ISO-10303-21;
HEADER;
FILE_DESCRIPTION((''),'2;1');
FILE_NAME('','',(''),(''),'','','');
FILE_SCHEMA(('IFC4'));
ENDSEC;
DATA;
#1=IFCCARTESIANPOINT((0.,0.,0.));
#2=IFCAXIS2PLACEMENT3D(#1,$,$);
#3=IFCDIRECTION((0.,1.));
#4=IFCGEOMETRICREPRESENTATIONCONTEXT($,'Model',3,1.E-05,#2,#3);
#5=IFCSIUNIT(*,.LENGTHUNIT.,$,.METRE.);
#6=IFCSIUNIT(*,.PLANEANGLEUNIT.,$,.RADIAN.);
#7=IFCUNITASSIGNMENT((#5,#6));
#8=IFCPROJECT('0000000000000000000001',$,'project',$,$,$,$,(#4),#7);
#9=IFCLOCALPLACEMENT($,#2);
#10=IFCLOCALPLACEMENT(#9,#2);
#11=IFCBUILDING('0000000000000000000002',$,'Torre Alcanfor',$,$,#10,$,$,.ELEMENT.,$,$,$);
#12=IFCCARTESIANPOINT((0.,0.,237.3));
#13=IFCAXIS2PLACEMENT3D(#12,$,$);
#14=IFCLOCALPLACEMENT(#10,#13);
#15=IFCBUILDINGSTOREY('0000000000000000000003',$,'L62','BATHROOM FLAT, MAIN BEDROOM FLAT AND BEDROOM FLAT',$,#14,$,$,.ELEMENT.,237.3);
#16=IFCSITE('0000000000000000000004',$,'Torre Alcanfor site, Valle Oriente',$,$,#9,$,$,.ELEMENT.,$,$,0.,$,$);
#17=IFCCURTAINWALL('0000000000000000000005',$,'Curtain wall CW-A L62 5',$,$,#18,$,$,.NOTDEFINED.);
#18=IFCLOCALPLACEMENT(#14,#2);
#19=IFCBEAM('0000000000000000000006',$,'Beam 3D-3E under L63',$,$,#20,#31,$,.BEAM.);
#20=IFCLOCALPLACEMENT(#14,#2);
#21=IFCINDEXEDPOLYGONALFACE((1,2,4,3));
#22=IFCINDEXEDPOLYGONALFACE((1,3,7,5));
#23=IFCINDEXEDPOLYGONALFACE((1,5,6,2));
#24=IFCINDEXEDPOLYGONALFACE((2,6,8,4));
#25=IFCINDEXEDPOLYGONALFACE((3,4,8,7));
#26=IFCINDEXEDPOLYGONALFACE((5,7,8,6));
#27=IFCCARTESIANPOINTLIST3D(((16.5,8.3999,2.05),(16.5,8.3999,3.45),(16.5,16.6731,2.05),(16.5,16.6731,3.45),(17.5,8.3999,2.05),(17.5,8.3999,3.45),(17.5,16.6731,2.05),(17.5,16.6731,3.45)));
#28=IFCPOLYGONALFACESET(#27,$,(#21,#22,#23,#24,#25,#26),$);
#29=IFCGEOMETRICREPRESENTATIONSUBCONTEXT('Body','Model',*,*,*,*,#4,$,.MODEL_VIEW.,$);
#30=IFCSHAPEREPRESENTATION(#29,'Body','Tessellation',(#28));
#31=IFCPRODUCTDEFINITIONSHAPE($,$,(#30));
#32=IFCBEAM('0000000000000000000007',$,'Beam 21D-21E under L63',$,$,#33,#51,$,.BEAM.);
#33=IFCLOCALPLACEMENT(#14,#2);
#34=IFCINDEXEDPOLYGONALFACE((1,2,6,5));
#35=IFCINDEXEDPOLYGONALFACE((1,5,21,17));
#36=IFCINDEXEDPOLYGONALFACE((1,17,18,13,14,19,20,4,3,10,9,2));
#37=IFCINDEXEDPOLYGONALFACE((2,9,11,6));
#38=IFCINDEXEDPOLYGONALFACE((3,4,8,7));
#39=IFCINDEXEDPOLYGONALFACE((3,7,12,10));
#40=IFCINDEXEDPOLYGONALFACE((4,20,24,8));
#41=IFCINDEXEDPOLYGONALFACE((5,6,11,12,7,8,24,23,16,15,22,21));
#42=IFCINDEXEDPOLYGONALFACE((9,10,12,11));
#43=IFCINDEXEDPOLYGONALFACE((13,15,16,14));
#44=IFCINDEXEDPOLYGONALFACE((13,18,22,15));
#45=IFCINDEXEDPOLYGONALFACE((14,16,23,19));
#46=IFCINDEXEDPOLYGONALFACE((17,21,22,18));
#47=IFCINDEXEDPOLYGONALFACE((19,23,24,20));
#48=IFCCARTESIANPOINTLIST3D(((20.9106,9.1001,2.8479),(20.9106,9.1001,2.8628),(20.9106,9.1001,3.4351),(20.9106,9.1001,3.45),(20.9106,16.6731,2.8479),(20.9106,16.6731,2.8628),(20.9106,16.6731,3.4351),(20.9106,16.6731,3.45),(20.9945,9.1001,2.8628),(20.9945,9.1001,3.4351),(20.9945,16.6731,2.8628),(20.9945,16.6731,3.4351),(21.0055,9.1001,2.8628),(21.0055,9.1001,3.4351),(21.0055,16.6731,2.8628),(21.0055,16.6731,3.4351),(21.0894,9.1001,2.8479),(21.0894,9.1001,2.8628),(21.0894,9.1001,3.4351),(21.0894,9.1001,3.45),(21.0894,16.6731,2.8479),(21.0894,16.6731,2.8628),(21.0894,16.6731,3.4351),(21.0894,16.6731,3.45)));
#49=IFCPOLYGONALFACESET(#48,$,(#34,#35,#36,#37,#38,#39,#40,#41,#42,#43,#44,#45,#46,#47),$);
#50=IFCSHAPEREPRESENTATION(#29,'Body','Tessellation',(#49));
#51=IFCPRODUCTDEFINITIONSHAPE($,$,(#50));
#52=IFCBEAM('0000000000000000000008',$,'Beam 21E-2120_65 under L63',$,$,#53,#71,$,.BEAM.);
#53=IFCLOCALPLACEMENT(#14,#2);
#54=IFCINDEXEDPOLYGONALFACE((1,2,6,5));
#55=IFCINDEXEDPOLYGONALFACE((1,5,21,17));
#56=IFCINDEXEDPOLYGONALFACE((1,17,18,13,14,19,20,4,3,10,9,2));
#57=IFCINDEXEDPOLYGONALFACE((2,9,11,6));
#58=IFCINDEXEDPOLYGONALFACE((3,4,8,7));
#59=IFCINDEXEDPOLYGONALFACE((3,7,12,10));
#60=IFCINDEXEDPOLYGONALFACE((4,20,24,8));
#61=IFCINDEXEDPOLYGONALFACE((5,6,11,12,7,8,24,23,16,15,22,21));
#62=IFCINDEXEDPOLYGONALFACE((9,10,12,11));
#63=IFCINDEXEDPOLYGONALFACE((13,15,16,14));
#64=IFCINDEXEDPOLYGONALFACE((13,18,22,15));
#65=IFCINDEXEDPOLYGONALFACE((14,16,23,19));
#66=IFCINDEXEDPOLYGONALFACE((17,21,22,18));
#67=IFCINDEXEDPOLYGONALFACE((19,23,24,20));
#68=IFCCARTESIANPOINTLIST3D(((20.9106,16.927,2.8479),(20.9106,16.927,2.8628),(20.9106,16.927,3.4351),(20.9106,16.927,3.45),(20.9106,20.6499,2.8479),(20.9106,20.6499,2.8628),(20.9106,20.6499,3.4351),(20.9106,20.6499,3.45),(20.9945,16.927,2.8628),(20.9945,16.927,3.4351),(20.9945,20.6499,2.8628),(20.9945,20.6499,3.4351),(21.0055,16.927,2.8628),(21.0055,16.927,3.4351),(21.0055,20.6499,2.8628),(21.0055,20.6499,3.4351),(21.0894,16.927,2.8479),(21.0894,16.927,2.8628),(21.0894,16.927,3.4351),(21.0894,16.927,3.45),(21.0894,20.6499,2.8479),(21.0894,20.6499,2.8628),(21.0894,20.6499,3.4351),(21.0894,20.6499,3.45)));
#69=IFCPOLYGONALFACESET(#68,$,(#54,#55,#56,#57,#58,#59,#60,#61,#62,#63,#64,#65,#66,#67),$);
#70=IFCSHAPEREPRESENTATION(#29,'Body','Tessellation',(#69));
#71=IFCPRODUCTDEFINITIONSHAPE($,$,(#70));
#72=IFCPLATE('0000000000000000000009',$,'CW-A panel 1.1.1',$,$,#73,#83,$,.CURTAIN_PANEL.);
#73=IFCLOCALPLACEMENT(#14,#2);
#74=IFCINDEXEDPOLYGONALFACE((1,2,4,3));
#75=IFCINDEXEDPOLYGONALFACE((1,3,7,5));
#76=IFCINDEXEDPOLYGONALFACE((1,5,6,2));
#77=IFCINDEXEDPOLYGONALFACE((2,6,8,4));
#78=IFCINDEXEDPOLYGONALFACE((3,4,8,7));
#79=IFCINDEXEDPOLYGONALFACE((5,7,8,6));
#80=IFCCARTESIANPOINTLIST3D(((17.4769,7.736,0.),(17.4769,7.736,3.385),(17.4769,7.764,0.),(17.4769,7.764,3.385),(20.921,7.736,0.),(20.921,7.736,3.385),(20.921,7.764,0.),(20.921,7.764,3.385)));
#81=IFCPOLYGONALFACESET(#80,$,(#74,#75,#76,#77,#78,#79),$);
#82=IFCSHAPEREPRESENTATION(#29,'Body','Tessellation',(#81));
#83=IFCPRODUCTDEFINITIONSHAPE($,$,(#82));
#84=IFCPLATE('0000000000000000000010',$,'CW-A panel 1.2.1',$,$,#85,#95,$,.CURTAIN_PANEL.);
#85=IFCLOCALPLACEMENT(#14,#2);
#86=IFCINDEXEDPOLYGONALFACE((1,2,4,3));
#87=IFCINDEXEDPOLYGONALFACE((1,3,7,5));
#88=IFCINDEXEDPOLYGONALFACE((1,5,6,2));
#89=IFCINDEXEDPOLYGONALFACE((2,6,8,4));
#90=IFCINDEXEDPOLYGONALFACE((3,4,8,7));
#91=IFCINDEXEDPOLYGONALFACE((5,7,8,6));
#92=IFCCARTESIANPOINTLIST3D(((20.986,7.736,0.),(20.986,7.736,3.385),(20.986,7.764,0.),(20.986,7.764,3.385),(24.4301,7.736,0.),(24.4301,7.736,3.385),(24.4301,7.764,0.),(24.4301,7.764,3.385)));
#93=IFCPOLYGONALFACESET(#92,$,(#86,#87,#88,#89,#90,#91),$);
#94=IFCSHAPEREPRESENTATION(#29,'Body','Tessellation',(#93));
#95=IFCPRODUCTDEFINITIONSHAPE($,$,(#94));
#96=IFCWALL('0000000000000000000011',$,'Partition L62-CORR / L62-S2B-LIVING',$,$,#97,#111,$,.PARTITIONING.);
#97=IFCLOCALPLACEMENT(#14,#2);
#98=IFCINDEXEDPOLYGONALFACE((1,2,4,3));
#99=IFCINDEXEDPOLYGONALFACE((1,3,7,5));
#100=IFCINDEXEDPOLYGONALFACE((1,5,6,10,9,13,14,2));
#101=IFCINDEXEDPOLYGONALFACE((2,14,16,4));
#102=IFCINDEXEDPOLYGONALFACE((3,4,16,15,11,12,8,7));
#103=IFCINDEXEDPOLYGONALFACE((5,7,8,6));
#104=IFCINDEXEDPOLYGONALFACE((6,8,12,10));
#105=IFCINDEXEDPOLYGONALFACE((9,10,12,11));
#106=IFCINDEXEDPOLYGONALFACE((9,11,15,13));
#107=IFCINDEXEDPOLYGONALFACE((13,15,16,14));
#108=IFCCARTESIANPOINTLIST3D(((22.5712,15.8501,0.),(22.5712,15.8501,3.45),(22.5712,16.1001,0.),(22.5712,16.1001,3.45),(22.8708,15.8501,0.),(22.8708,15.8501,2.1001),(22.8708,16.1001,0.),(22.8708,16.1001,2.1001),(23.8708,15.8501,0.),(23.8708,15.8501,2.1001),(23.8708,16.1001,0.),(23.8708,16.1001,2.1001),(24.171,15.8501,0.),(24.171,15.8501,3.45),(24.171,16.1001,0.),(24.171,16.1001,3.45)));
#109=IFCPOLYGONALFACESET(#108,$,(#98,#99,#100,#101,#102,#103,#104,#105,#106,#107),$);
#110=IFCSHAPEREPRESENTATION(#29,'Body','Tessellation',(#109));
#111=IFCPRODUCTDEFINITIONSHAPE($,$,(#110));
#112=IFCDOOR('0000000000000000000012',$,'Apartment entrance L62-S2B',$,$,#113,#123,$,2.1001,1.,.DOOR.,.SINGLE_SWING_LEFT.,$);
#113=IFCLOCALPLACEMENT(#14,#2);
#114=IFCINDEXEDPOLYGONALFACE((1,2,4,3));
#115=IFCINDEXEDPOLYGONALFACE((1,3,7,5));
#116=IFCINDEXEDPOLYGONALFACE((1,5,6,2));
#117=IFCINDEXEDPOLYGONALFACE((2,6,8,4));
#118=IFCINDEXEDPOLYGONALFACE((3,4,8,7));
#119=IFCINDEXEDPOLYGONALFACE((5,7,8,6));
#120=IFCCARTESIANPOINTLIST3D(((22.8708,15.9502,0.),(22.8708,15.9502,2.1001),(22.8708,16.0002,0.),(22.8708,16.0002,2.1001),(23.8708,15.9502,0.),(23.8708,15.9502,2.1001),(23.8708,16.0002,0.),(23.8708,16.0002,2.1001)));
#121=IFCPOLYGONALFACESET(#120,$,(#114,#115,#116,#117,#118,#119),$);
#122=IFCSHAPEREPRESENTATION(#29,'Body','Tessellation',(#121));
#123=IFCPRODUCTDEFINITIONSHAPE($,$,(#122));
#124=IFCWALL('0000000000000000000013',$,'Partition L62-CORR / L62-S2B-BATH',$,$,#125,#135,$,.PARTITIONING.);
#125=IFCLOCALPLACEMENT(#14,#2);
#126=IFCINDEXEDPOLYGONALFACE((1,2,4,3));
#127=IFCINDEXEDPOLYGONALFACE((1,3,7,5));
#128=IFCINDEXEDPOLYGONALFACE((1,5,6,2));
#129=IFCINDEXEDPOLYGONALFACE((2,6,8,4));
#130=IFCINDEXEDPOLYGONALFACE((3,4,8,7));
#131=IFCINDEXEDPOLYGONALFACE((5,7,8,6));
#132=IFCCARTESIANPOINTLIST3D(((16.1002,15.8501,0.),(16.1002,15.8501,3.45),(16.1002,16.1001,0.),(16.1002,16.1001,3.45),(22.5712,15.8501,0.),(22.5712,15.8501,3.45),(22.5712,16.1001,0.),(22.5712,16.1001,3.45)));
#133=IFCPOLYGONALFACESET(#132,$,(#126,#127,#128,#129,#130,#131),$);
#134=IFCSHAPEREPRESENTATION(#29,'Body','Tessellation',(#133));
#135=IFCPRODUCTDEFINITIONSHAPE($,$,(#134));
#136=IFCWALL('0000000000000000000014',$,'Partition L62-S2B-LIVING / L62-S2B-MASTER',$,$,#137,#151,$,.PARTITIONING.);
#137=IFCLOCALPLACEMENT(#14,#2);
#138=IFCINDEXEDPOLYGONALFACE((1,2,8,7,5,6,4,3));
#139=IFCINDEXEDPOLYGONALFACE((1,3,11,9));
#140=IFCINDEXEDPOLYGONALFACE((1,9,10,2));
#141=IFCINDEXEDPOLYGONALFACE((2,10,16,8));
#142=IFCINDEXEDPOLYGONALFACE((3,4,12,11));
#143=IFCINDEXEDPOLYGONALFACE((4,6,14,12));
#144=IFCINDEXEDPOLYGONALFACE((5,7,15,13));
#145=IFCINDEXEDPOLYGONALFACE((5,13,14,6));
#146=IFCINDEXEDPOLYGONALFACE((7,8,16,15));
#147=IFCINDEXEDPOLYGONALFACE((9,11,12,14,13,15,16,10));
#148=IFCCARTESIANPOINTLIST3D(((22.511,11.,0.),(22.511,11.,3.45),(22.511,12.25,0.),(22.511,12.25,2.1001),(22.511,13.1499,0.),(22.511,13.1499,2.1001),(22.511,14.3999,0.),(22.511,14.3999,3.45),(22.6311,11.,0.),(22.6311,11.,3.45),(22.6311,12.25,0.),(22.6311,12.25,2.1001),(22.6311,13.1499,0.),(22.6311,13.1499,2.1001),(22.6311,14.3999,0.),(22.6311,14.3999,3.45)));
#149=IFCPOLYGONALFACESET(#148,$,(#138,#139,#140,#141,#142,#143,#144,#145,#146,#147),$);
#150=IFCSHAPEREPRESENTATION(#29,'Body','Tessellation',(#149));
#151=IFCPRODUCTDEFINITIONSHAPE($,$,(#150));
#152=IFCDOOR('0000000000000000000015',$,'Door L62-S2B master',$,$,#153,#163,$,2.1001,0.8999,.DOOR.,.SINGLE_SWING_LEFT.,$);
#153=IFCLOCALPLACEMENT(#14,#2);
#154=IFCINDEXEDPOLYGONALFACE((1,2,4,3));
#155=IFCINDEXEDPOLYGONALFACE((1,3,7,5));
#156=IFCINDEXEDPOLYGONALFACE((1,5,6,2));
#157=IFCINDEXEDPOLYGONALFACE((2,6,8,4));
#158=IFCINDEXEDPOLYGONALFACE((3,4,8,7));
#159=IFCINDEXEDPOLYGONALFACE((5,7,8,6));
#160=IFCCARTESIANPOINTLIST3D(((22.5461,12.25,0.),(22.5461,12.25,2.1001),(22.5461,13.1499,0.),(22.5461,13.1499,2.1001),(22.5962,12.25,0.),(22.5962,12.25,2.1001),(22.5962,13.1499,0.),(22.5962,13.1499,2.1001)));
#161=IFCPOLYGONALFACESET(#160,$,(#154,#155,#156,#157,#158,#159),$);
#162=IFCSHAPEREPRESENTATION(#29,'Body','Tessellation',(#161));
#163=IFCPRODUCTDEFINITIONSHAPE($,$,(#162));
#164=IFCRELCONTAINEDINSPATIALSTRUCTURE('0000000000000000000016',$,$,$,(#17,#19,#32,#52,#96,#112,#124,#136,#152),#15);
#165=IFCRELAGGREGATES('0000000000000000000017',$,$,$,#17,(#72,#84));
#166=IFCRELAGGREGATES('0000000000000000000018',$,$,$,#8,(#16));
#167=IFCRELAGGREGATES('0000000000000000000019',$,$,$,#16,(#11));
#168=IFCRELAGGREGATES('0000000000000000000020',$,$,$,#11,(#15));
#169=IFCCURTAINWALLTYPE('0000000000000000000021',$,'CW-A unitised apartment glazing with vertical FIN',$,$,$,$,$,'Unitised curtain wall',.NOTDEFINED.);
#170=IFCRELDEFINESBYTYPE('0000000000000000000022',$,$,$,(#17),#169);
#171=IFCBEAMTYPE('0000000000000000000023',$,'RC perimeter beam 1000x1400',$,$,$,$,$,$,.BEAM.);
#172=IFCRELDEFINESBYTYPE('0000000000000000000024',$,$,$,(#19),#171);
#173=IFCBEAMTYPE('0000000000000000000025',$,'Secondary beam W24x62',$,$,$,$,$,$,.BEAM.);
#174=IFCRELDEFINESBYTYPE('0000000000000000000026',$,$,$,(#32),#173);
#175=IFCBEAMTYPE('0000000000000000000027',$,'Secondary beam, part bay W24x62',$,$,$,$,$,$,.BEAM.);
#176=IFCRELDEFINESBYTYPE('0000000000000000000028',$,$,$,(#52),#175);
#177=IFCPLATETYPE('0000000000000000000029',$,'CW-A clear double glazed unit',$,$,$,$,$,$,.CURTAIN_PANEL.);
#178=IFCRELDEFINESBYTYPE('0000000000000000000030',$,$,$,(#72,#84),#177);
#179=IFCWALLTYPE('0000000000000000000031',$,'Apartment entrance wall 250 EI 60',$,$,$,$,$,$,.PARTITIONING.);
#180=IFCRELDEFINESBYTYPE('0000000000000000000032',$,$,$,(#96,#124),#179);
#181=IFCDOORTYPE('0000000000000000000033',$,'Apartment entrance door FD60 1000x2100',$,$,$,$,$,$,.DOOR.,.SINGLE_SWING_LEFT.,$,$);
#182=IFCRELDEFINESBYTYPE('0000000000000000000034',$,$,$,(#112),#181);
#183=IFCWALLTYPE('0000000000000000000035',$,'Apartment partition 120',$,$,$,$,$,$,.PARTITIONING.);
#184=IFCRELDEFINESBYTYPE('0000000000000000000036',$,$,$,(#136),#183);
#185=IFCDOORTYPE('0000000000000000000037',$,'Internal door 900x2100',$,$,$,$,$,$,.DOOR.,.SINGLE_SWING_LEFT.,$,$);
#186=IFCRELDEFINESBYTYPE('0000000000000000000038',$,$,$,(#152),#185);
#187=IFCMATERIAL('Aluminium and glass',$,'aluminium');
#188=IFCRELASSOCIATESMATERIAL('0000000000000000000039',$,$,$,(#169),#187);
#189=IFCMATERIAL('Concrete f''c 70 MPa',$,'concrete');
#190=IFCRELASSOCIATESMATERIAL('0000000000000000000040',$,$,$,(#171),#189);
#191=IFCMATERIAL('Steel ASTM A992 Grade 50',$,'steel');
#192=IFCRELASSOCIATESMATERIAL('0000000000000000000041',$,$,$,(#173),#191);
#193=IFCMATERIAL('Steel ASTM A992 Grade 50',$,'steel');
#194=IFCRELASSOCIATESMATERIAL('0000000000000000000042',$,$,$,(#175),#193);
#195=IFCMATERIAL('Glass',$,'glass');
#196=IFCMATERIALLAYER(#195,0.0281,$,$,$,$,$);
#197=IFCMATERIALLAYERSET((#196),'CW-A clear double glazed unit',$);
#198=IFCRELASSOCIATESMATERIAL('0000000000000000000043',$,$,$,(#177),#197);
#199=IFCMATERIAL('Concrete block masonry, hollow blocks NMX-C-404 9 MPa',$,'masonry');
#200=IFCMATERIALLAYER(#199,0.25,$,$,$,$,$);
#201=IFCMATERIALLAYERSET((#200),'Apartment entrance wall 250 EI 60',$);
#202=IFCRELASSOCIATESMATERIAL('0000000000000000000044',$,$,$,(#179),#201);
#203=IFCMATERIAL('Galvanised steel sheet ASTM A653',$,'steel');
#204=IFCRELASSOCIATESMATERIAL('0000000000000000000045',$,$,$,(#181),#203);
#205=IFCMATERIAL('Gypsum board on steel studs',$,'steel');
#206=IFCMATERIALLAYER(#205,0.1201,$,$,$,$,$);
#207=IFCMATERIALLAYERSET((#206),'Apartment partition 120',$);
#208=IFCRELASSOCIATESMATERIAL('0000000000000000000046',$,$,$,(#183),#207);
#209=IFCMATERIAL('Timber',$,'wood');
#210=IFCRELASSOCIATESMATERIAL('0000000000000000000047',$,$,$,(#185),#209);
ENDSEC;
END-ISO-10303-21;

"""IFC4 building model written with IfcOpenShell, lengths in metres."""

from ifc_helpers import new_model, si_unit, direction, frame, frame_2d, origin, origin_2d, place, context, subcontext, project, spatial, rectangle, i_section, extrude, material, layer, layer_set, material_profile, profile_set, type_object, element, fill, aggregate, save


model = new_model("IFC4")

# Units and contexts
model_context = context("Model", 3, precision=1e-05, world=origin(), true_north=direction((0.0, 1.0)))
body_context = subcontext(model_context, "Body", "Model", "MODEL_VIEW")
ifc_project = project(units=[si_unit("LENGTHUNIT", "METRE"), si_unit("PLANEANGLEUNIT", "RADIAN")], contexts=[model_context])

# Site, building, storey
site_placement = place(None, origin())
site = spatial("IfcSite", under=ifc_project, at=site_placement, Name="Torre Alcanfor site, Valle Oriente", CompositionType="ELEMENT", RefElevation=0.0)
building_placement = place(site_placement, origin())
building = spatial("IfcBuilding", under=site, at=building_placement, Name="Torre Alcanfor", CompositionType="ELEMENT")
storey_placement = place(building_placement, frame((0.0, 0.0, 237.3)))
storey = spatial("IfcBuildingStorey", under=building, at=storey_placement, Name="L62", Description="BATHROOM FLAT, MAIN BEDROOM FLAT AND BEDROOM FLAT", CompositionType="ELEMENT", Elevation=237.3)

# Curtain wall
ifc_material_1 = material(Name="Aluminium and glass", Category="aluminium")
curtain_wall_type = type_object("IfcCurtainWallType", Name="CW-A unitised apartment glazing with vertical FIN", ElementType="Unitised curtain wall", PredefinedType="NOTDEFINED", material=ifc_material_1)
curtain_wall_placement = place(storey_placement, origin())
curtain_wall = element("IfcCurtainWall", 1, at=curtain_wall_placement, inside=storey, type_object=curtain_wall_type, Name="Curtain wall CW-A L62 5", PredefinedType="NOTDEFINED")

# Beams
ifc_material_2 = material(Name="Concrete f'c 70 MPa", Category="concrete")
ifc_material_profile_1 = material_profile(ifc_material_2, rectangle(XDim=1.0, YDim=1.3999, at=origin_2d()), Name="1000x1400")
ifc_profile_set_1 = profile_set([ifc_material_profile_1], Name="Concrete f'c 70 MPa")
beam_type_1 = type_object("IfcBeamType", Name="RC perimeter beam 1000x1400", PredefinedType="BEAM", material=ifc_profile_set_1)
beam_1_placement = place(storey_placement, frame((17.0, 8.3999, 2.75), z_axis=(0.0, 1.0, 0.0), x_axis=(-1.0, 0.0, 0.0)))
element("IfcBeam", 2, at=beam_1_placement, inside=storey, type_object=beam_type_1, Name="Beam 3D-3E under L63", PredefinedType="BEAM", context=body_context, shape_type="SweptSolid", body=[
    extrude(rectangle(XDim=1.0, YDim=1.3999, at=origin_2d()), origin(), (0.0, 0.0, 1.0), 8.2732),
])
ifc_material_3 = material(Name="Steel ASTM A992 Grade 50", Category="steel")
ifc_material_profile_2 = material_profile(ifc_material_3, i_section(OverallWidth=0.1787, OverallDepth=0.6021, WebThickness=0.011, FlangeThickness=0.0149, at=origin_2d()), Name="W24x62")
ifc_profile_set_2 = profile_set([ifc_material_profile_2], Name="Steel ASTM A992 Grade 50")
beam_type_2 = type_object("IfcBeamType", Name="Secondary beam W24x62", PredefinedType="BEAM", material=ifc_profile_set_2)
beam_2_placement = place(storey_placement, frame((21.0, 9.1001, 3.1489), z_axis=(0.0, 1.0, 0.0), x_axis=(-1.0, 0.0, 0.0)))
element("IfcBeam", 3, at=beam_2_placement, inside=storey, type_object=beam_type_2, Name="Beam 21D-21E under L63", PredefinedType="BEAM", context=body_context, shape_type="SweptSolid", body=[
    extrude(i_section(OverallWidth=0.1787, OverallDepth=0.6021, WebThickness=0.011, FlangeThickness=0.0149, at=origin_2d()), origin(), (0.0, 0.0, 1.0), 7.573),
])
ifc_material_4 = material(Name="Steel ASTM A992 Grade 50", Category="steel")
ifc_material_profile_3 = material_profile(ifc_material_4, i_section(OverallWidth=0.1787, OverallDepth=0.6021, WebThickness=0.011, FlangeThickness=0.0149, at=origin_2d()), Name="W24x62")
ifc_profile_set_3 = profile_set([ifc_material_profile_3], Name="Steel ASTM A992 Grade 50")
beam_type_3 = type_object("IfcBeamType", Name="Secondary beam, part bay W24x62", PredefinedType="BEAM", material=ifc_profile_set_3)
beam_3_placement = place(storey_placement, frame((21.0, 16.927, 3.1489), z_axis=(0.0, 1.0, 0.0), x_axis=(-1.0, 0.0, 0.0)))
element("IfcBeam", 4, at=beam_3_placement, inside=storey, type_object=beam_type_3, Name="Beam 21E-2120_65 under L63", PredefinedType="BEAM", context=body_context, shape_type="SweptSolid", body=[
    extrude(i_section(OverallWidth=0.1787, OverallDepth=0.6021, WebThickness=0.011, FlangeThickness=0.0149, at=origin_2d()), origin(), (0.0, 0.0, 1.0), 3.7229),
])

# Plates
ifc_material_5 = material(Name="Glass", Category="glass")
ifc_layer_1 = layer(ifc_material_5, 0.0281)
ifc_layer_set_1 = layer_set([ifc_layer_1], Name="CW-A clear double glazed unit")
plate_type = type_object("IfcPlateType", Name="CW-A clear double glazed unit", PredefinedType="CURTAIN_PANEL", material=ifc_layer_set_1)
plate_1_placement = place(storey_placement, frame((19.199, 7.75, 0.0), z_axis=(0.0, 0.0, 1.0), x_axis=(1.0, 0.0, 0.0)))
plate_1 = element("IfcPlate", 5, at=plate_1_placement, type_object=plate_type, Name="CW-A panel 1.1.1", PredefinedType="CURTAIN_PANEL", context=body_context, shape_type="SweptSolid", body=[
    extrude(rectangle(XDim=3.4441, YDim=0.0281, at=origin_2d()), origin(), (0.0, 0.0, 1.0), 3.385),
])
plate_2_placement = place(storey_placement, frame((22.708, 7.75, 0.0), z_axis=(0.0, 0.0, 1.0), x_axis=(1.0, 0.0, 0.0)))
plate_2 = element("IfcPlate", 6, at=plate_2_placement, type_object=plate_type, Name="CW-A panel 1.2.1", PredefinedType="CURTAIN_PANEL", context=body_context, shape_type="SweptSolid", body=[
    extrude(rectangle(XDim=3.4441, YDim=0.0281, at=origin_2d()), origin(), (0.0, 0.0, 1.0), 3.385),
])
aggregate(curtain_wall, [plate_1, plate_2])

# Wall, opening, door
ifc_material_6 = material(Name="Concrete block masonry, hollow blocks NMX-C-404 9 MPa", Category="masonry")
ifc_layer_2 = layer(ifc_material_6, 0.25)
ifc_layer_set_2 = layer_set([ifc_layer_2], Name="Apartment entrance wall 250 EI 60")
wall_type_1 = type_object("IfcWallType", Name="Apartment entrance wall 250 EI 60", PredefinedType="PARTITIONING", material=ifc_layer_set_2)
wall_1_placement = place(storey_placement, frame((24.1709, 15.9751, 0.0), z_axis=(0.0, 0.0, 1.0), x_axis=(-1.0, 0.0, 0.0)))
wall_1 = element("IfcWall", 7, at=wall_1_placement, inside=storey, type_object=wall_type_1, Name="Partition L62-CORR / L62-S2B-LIVING", PredefinedType="PARTITIONING", context=body_context, shape_type="SweptSolid", body=[
    extrude(rectangle(XDim=1.5999, YDim=0.25, at=frame_2d((0.7998, 0.0))), origin(), (0.0, 0.0, 1.0), 3.45),
])
opening_1_placement = place(wall_1_placement, frame((0.3, 0.0, 0.0)))
opening_1 = element("IfcOpeningElement", 8, at=opening_1_placement, cuts=wall_1, PredefinedType="OPENING", context=body_context, shape_type="SweptSolid", body=[
    extrude(rectangle(XDim=1.0, YDim=2.1001, at=frame_2d((0.5, 1.05))), frame((0.0, 0.135, 0.0), z_axis=(0.0, -1.0, 0.0), x_axis=(1.0, 0.0, 0.0)), (0.0, 0.0, 1.0), 0.27),
])
ifc_material_7 = material(Name="Galvanised steel sheet ASTM A653", Category="steel")
door_type_1 = type_object("IfcDoorType", Name="Apartment entrance door FD60 1000x2100", OperationType="SINGLE_SWING_LEFT", PredefinedType="DOOR", material=ifc_material_7)
door_1_placement = place(opening_1_placement, origin())
door_1 = element("IfcDoor", 9, at=door_1_placement, inside=storey, type_object=door_type_1, Name="Apartment entrance L62-S2B", OperationType="SINGLE_SWING_LEFT", OverallHeight=2.1001, OverallWidth=1.0, PredefinedType="DOOR", context=body_context, shape_type="SweptSolid", body=[
    extrude(rectangle(XDim=1.0, YDim=2.1001, at=frame_2d((0.5, 1.05))), frame((0.0, 0.0249, 0.0), z_axis=(0.0, -1.0, 0.0), x_axis=(1.0, 0.0, 0.0)), (0.0, 0.0, 1.0), 0.05),
])
fill(opening_1, door_1)

# Wall
wall_2_placement = place(storey_placement, frame((22.571, 15.9751, 0.0), z_axis=(0.0, 0.0, 1.0), x_axis=(-1.0, 0.0, 0.0)))
element("IfcWall", 10, at=wall_2_placement, inside=storey, type_object=wall_type_1, Name="Partition L62-CORR / L62-S2B-BATH", PredefinedType="PARTITIONING", context=body_context, shape_type="SweptSolid", body=[
    extrude(rectangle(XDim=6.4709, YDim=0.25, at=frame_2d((3.2354, 0.0))), origin(), (0.0, 0.0, 1.0), 3.45),
])

# Wall, opening, door
ifc_material_8 = material(Name="Gypsum board on steel studs", Category="steel")
ifc_layer_3 = layer(ifc_material_8, 0.1201)
ifc_layer_set_3 = layer_set([ifc_layer_3], Name="Apartment partition 120")
wall_type_2 = type_object("IfcWallType", Name="Apartment partition 120", PredefinedType="PARTITIONING", material=ifc_layer_set_3)
wall_3_placement = place(storey_placement, frame((22.571, 11.0, 0.0), z_axis=(0.0, 0.0, 1.0), x_axis=(0.0, 1.0, 0.0)))
wall_3 = element("IfcWall", 11, at=wall_3_placement, inside=storey, type_object=wall_type_2, Name="Partition L62-S2B-LIVING / L62-S2B-MASTER", PredefinedType="PARTITIONING", context=body_context, shape_type="SweptSolid", body=[
    extrude(rectangle(XDim=3.3999, YDim=0.1201, at=frame_2d((1.7, 0.0))), origin(), (0.0, 0.0, 1.0), 3.45),
])
opening_2_placement = place(wall_3_placement, frame((1.25, 0.0, 0.0)))
opening_2 = element("IfcOpeningElement", 12, at=opening_2_placement, cuts=wall_3, PredefinedType="OPENING", context=body_context, shape_type="SweptSolid", body=[
    extrude(rectangle(XDim=0.8999, YDim=2.1001, at=frame_2d((0.45, 1.05))), frame((0.0, 0.0701, 0.0), z_axis=(0.0, -1.0, 0.0), x_axis=(1.0, 0.0, 0.0)), (0.0, 0.0, 1.0), 0.1401),
])
ifc_material_9 = material(Name="Timber", Category="wood")
door_type_2 = type_object("IfcDoorType", Name="Internal door 900x2100", OperationType="SINGLE_SWING_LEFT", PredefinedType="DOOR", material=ifc_material_9)
door_2_placement = place(opening_2_placement, origin())
door_2 = element("IfcDoor", 13, at=door_2_placement, inside=storey, type_object=door_type_2, Name="Door L62-S2B master", OperationType="SINGLE_SWING_LEFT", OverallHeight=2.1001, OverallWidth=0.8999, PredefinedType="DOOR", context=body_context, shape_type="SweptSolid", body=[
    extrude(rectangle(XDim=0.8999, YDim=2.1001, at=frame_2d((0.45, 1.05))), frame((0.0, 0.0249, 0.0), z_axis=(0.0, -1.0, 0.0), x_axis=(1.0, 0.0, 0.0)), (0.0, 0.0, 1.0), 0.05),
])
fill(opening_2, door_2)

save(model, "model.ifc")
